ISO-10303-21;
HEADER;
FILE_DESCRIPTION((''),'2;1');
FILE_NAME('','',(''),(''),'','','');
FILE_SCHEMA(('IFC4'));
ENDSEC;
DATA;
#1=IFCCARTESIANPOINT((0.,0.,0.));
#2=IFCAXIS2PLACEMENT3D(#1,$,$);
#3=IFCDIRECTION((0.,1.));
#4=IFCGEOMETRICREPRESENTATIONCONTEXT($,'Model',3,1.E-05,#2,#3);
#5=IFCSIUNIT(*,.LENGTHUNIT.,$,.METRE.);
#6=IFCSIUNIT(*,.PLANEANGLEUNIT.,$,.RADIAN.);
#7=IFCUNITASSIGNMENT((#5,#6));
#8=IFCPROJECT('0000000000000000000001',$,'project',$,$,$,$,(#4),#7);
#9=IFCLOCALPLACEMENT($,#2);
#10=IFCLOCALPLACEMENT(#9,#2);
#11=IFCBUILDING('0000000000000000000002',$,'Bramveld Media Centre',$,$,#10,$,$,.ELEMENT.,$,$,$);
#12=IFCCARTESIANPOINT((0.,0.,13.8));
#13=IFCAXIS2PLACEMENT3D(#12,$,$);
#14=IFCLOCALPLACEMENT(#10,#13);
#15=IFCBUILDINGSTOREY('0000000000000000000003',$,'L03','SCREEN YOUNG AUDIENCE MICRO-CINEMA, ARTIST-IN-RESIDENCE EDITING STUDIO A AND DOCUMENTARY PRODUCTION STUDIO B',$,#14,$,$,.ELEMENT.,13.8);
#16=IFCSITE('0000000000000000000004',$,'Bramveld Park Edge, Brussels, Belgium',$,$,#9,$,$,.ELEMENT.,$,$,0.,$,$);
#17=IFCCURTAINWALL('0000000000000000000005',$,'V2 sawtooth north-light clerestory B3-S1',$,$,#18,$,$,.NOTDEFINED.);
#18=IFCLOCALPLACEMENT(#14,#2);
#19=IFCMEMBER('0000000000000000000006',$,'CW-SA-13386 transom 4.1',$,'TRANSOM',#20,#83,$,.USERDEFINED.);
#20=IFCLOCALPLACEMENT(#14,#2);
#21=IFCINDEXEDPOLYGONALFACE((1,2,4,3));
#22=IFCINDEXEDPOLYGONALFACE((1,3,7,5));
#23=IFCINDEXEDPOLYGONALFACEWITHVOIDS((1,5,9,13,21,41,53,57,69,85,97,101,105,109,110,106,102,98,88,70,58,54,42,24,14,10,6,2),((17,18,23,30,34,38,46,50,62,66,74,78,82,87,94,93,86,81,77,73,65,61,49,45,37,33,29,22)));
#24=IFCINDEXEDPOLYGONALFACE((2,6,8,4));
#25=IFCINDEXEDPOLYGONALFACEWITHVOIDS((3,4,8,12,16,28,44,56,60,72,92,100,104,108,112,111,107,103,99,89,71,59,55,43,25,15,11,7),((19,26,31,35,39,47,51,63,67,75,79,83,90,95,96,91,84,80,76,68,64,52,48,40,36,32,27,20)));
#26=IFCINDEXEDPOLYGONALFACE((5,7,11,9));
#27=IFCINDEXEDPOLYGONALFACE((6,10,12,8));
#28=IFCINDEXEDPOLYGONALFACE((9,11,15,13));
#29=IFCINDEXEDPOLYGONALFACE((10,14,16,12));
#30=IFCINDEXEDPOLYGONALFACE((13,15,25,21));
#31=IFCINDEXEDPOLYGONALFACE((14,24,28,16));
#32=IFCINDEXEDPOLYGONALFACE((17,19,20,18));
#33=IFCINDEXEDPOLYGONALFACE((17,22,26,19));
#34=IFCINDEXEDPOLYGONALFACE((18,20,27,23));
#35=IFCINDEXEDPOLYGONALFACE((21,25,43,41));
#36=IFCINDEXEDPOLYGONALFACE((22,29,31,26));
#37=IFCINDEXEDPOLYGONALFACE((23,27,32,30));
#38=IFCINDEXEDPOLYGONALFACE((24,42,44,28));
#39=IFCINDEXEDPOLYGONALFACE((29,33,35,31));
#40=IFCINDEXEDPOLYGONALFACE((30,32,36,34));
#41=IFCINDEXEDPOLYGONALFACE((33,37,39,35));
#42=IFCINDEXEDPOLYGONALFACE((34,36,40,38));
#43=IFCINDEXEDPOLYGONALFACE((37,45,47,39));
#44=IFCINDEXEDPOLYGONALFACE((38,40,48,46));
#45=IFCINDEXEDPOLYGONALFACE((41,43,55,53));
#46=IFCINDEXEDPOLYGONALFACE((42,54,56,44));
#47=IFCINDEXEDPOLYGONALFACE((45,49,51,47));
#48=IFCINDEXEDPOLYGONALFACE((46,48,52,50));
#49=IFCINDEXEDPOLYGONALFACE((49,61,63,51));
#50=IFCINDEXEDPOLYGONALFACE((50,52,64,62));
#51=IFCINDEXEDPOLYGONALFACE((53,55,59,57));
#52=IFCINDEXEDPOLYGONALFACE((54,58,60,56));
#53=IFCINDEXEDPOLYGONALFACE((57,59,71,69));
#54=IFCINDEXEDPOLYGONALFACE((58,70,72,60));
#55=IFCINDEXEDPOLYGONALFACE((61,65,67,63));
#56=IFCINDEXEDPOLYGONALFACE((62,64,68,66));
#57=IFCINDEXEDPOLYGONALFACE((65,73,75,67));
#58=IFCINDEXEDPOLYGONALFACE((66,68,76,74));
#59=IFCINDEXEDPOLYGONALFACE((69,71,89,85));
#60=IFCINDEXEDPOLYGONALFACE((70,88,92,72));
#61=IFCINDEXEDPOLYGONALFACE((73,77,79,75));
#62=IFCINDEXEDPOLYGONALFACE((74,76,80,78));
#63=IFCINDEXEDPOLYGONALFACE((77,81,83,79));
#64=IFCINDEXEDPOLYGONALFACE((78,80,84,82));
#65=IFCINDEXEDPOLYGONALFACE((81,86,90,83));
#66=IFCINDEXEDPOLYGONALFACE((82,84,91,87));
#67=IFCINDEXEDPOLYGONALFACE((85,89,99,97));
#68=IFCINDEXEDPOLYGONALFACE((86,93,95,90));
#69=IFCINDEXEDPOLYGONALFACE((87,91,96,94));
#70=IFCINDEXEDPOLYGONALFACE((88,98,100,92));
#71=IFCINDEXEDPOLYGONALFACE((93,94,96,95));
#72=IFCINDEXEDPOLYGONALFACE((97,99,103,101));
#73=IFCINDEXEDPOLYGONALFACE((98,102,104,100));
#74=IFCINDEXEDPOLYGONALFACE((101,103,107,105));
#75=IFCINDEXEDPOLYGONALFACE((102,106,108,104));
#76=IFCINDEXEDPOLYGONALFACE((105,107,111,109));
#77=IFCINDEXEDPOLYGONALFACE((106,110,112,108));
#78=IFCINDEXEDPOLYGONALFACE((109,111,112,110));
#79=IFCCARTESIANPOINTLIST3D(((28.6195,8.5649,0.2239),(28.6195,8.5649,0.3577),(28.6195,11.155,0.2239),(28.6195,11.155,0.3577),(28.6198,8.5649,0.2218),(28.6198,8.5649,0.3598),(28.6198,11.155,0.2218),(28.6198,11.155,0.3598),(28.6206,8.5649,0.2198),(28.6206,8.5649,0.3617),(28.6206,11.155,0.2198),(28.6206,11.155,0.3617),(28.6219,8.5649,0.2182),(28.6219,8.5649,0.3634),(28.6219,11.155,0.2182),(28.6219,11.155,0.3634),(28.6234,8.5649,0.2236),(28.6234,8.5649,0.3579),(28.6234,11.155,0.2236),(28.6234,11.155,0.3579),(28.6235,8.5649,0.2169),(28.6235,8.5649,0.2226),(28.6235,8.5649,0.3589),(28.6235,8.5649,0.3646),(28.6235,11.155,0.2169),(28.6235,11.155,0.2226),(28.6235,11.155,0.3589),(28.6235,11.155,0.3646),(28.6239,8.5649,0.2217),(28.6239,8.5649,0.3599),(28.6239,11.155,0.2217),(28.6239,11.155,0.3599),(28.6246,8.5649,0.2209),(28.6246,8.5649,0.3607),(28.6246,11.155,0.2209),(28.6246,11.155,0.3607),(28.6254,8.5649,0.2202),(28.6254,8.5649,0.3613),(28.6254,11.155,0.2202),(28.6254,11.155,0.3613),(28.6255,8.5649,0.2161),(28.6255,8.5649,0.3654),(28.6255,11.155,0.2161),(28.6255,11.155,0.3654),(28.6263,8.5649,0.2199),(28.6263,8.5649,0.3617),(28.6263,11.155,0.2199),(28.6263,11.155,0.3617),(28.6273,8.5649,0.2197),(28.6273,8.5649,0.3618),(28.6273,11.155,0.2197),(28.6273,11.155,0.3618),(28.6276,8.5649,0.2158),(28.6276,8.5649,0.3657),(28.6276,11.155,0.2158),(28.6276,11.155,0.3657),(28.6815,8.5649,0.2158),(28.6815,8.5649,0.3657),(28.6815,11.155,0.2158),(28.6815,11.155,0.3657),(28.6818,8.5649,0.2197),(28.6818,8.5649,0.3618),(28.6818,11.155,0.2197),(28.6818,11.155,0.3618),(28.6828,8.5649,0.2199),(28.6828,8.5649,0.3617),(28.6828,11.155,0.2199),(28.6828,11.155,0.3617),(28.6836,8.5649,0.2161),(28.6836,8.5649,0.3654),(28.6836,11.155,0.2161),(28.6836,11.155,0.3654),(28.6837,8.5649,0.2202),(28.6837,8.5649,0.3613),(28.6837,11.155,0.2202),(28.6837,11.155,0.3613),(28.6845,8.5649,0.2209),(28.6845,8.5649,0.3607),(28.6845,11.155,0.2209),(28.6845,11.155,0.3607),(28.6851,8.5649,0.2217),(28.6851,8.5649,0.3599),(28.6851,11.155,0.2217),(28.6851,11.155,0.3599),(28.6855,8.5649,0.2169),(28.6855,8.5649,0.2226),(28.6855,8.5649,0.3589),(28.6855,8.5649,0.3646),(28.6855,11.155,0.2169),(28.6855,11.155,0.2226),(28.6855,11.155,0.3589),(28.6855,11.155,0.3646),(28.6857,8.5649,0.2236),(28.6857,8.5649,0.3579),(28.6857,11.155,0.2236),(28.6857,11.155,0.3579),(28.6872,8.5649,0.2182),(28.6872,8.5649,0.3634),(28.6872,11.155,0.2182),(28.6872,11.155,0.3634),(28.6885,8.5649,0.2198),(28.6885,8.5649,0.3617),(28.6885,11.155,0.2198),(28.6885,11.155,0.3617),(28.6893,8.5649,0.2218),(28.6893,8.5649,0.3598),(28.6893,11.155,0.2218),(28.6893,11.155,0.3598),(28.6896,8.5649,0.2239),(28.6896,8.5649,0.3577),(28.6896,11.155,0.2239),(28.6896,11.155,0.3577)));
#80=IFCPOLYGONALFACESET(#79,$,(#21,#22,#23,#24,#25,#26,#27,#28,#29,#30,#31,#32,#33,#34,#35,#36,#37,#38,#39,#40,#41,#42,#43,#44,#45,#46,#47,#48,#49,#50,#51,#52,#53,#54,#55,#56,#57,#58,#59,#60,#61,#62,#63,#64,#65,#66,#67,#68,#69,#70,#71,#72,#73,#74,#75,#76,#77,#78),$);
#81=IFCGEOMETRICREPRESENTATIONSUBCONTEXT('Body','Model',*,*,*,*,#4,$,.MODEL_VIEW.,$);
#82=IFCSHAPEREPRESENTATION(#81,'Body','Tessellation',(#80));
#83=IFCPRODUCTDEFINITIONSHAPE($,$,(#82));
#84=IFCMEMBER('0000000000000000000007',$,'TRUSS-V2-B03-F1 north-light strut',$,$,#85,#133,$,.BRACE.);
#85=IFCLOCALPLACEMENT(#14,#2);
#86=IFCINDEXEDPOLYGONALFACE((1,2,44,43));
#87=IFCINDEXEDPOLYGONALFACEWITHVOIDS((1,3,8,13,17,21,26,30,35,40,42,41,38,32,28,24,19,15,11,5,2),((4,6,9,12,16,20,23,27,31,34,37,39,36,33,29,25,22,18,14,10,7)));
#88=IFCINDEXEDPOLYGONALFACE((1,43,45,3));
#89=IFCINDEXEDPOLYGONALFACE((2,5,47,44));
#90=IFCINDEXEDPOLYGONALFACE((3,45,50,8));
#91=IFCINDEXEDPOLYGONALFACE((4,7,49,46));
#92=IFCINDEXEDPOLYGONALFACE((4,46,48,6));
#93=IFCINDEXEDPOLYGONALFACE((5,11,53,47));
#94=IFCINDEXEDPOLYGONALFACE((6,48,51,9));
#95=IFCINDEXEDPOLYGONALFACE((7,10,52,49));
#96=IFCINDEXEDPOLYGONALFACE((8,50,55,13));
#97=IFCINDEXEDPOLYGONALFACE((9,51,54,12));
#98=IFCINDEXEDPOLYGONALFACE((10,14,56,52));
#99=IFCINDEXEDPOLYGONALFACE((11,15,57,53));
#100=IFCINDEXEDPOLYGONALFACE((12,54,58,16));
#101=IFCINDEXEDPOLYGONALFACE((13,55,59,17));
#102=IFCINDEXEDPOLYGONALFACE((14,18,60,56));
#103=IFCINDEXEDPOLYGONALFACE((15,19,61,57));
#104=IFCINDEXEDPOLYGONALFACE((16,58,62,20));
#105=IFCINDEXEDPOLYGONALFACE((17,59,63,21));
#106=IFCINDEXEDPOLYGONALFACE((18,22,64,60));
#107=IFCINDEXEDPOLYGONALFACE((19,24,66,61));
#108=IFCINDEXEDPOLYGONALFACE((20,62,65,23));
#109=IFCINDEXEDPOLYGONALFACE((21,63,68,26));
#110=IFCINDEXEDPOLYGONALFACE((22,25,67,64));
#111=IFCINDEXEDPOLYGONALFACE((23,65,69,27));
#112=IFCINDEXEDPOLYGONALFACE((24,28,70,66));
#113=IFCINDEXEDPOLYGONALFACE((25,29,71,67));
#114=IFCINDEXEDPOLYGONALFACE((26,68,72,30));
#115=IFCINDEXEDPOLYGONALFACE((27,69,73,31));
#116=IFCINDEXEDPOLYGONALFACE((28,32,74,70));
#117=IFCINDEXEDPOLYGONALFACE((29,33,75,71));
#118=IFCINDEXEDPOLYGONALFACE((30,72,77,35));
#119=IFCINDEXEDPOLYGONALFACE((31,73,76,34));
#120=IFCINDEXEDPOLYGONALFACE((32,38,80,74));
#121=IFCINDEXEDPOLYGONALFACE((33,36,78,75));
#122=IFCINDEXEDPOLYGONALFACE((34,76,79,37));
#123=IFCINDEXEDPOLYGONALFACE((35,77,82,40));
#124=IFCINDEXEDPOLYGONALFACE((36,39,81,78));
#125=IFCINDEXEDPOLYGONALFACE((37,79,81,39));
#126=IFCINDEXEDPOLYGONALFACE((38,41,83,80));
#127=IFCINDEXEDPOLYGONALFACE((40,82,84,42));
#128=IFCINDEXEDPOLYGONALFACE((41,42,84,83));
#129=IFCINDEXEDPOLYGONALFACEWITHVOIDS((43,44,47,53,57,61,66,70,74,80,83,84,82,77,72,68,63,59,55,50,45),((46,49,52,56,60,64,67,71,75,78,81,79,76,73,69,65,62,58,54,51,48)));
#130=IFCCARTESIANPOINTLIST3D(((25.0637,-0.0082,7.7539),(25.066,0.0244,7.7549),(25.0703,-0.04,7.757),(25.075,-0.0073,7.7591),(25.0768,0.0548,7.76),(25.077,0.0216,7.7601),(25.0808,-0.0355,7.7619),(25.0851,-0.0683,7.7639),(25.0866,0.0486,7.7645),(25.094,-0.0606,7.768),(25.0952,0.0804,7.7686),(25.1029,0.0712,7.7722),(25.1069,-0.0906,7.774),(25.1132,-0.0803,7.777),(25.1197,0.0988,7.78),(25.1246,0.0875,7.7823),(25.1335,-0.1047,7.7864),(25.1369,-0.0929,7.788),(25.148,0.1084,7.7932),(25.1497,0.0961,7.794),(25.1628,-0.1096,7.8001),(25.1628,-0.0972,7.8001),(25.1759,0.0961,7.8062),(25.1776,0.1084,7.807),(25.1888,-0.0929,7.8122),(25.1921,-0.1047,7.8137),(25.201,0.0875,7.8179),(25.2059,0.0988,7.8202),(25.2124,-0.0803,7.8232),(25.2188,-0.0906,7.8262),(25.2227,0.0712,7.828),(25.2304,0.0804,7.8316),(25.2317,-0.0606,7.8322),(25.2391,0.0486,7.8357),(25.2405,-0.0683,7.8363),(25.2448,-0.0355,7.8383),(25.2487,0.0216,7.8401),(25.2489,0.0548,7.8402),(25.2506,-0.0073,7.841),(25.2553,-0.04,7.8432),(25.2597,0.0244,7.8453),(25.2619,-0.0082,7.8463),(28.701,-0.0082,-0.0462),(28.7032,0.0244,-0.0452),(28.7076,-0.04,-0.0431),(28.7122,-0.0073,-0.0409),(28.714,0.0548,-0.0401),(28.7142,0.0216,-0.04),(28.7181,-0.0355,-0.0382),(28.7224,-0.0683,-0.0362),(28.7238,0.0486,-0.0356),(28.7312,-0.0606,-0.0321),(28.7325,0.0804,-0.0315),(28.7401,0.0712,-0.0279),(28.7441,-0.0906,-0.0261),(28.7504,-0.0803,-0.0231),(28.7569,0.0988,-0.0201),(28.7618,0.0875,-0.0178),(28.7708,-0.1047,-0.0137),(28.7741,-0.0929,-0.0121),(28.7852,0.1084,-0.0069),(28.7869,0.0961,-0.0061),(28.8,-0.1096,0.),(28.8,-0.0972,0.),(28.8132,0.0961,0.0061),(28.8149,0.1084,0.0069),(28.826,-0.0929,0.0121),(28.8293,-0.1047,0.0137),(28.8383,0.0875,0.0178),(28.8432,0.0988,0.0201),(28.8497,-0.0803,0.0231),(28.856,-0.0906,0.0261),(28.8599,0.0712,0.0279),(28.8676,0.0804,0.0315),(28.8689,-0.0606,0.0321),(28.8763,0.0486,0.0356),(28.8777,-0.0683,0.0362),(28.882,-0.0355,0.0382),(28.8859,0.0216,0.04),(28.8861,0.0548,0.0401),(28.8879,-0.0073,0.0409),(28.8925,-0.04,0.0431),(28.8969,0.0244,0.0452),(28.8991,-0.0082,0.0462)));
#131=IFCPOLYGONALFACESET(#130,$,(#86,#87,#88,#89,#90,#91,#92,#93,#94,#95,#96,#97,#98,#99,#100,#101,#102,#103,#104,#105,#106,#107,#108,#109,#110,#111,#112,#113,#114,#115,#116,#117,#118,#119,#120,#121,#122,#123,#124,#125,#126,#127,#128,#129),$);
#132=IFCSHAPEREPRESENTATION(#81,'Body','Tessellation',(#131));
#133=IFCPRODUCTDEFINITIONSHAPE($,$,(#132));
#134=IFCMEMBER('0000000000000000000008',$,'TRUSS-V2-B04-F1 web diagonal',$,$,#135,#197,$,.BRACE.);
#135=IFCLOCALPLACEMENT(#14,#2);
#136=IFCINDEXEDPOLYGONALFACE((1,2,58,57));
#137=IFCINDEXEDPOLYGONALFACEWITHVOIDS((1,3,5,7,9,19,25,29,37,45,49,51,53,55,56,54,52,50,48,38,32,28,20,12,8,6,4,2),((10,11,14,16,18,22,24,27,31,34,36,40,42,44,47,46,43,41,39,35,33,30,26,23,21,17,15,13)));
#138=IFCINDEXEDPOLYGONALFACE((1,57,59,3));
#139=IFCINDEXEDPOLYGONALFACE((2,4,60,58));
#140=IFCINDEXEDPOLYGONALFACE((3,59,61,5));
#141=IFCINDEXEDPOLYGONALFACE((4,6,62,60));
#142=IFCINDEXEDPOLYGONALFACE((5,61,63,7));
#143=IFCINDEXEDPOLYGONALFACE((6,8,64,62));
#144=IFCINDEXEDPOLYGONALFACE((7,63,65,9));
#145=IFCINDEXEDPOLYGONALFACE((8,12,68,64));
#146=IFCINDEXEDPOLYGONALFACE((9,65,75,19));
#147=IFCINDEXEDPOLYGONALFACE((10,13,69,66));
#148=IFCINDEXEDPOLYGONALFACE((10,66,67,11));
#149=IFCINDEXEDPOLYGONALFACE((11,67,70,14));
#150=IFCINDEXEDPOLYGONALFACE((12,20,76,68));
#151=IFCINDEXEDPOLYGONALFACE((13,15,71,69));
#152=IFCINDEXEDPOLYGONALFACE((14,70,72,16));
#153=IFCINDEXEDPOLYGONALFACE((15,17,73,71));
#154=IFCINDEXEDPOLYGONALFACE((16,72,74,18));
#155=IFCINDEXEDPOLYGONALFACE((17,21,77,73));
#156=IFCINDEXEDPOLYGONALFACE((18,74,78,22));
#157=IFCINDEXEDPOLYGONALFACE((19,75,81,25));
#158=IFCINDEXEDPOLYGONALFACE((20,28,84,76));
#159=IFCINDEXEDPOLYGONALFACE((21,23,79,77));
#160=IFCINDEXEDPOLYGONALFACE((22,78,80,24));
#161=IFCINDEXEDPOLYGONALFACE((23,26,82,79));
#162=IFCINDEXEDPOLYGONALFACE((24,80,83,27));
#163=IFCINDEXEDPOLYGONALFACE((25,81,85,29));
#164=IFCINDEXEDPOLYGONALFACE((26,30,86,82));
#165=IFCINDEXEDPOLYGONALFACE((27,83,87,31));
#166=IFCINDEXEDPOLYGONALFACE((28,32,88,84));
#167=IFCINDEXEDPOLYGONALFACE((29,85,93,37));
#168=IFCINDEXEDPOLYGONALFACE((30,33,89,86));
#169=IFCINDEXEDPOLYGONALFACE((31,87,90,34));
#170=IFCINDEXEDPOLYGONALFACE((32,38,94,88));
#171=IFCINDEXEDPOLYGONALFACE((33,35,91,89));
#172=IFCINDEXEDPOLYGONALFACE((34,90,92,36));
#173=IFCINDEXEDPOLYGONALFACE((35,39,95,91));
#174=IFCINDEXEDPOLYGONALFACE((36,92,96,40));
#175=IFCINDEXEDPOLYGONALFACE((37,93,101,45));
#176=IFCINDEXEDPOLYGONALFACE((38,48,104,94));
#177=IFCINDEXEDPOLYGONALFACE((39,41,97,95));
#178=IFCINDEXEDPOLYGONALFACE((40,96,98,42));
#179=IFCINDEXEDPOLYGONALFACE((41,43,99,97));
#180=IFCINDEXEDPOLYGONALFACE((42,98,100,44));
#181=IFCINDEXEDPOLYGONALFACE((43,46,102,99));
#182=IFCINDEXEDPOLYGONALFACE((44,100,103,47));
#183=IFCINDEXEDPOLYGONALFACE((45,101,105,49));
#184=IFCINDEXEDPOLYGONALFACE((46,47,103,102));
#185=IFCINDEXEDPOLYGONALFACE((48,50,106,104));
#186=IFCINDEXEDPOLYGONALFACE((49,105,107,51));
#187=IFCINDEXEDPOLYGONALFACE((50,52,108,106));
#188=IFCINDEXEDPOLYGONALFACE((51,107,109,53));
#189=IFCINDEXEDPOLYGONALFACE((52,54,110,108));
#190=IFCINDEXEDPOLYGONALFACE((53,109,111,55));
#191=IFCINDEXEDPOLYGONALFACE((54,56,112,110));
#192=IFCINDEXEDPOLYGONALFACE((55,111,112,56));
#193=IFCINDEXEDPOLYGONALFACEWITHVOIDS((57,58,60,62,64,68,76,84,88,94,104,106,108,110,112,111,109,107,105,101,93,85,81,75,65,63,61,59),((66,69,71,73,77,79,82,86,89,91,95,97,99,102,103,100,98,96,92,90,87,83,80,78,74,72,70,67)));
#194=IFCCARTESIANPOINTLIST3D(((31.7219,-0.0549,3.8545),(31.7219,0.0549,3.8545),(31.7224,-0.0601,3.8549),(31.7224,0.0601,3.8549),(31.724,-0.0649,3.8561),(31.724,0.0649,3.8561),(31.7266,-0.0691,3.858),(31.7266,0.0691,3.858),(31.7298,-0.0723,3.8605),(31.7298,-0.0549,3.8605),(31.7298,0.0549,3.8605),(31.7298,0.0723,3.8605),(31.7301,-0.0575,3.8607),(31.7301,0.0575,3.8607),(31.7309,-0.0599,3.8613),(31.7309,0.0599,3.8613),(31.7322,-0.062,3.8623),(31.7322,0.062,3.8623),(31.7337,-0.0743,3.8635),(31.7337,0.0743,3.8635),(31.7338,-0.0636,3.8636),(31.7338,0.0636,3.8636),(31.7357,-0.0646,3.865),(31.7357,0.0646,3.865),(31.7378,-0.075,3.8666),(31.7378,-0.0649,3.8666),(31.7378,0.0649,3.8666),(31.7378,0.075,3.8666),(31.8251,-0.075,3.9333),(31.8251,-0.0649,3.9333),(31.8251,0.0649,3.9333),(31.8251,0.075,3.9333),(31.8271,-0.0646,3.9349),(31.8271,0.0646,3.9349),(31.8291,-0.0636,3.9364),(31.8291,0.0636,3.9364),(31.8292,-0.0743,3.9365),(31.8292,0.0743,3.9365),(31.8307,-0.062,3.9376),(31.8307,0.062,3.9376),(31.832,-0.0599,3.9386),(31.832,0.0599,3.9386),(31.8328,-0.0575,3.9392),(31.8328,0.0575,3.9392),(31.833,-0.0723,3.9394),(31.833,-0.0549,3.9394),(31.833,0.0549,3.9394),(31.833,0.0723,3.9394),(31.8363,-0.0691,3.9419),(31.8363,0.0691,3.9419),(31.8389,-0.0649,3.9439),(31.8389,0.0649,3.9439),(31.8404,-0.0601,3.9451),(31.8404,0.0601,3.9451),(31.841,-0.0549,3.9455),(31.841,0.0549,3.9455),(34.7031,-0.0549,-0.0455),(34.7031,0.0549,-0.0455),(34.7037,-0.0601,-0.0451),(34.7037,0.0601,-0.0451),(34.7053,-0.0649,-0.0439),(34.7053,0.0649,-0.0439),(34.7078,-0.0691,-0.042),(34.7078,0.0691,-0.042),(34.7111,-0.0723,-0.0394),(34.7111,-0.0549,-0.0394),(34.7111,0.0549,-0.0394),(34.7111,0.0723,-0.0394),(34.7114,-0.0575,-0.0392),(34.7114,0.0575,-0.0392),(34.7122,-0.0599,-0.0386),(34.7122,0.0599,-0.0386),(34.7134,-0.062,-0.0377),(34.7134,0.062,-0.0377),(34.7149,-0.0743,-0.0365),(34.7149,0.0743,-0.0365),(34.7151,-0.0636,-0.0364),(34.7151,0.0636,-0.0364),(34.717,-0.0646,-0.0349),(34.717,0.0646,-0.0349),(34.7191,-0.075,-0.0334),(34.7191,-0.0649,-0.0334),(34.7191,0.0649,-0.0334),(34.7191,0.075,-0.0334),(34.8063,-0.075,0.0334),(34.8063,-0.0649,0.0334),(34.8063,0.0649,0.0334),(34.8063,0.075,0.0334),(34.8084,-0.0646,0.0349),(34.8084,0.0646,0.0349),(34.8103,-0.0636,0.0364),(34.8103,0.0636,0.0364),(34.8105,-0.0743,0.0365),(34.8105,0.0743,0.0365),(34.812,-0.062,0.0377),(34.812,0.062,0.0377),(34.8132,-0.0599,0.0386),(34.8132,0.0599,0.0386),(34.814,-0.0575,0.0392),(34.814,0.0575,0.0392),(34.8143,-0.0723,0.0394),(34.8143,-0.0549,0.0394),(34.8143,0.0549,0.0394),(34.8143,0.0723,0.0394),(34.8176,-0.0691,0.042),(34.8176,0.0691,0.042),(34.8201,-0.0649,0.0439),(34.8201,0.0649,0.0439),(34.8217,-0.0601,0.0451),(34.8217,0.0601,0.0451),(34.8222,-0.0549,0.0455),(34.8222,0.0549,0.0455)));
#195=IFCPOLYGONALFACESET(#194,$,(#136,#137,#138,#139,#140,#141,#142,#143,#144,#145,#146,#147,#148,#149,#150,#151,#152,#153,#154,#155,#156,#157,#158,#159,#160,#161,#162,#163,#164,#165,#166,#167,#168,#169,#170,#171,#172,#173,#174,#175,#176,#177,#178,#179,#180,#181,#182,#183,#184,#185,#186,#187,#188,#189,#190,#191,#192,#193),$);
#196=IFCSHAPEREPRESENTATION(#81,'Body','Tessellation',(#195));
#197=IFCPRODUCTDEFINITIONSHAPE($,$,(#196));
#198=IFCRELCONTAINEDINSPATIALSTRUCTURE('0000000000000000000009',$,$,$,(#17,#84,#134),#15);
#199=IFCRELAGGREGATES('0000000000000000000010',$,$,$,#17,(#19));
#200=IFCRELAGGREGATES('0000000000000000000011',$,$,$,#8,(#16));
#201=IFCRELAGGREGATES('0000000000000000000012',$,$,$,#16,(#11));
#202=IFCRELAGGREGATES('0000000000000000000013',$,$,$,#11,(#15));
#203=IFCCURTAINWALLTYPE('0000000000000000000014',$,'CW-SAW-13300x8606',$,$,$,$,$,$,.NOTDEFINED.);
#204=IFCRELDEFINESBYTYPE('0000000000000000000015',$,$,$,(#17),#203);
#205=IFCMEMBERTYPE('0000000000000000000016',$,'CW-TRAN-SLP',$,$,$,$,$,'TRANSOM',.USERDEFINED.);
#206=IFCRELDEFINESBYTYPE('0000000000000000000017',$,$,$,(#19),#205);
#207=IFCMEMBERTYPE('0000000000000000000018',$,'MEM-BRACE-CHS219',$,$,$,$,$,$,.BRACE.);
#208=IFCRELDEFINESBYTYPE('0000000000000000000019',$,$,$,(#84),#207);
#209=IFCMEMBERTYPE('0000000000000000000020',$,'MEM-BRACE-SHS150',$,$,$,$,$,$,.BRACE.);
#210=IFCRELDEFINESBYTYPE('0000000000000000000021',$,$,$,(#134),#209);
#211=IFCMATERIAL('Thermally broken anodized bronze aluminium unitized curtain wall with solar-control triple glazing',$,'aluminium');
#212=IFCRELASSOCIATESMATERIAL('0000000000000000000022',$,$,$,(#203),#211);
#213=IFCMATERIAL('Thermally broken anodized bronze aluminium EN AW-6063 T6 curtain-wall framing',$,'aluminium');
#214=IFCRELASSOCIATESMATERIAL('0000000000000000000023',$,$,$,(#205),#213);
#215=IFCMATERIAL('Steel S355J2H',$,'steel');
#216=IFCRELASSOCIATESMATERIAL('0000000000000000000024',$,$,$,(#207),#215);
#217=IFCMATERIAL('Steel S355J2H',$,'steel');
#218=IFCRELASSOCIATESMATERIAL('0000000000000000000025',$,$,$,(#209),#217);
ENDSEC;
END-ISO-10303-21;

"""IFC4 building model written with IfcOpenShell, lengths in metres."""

from ifc_helpers import new_model, si_unit, direction, frame, origin, origin_2d, place, context, subcontext, project, spatial, hollow_rectangle, hollow_circle, extrude, material, material_profile, profile_set, type_object, element, aggregate, save


model = new_model("IFC4")

# Units and contexts
model_context = context("Model", 3, precision=1e-05, world=origin(), true_north=direction((0.0, 1.0)))
body_context = subcontext(model_context, "Body", "Model", "MODEL_VIEW")
ifc_project = project(units=[si_unit("LENGTHUNIT", "METRE"), si_unit("PLANEANGLEUNIT", "RADIAN")], contexts=[model_context])

# Site, building, storey
site_placement = place(None, origin())
site = spatial("IfcSite", under=ifc_project, at=site_placement, Name="Bramveld Park Edge, Brussels, Belgium", CompositionType="ELEMENT", RefElevation=0.0)
building_placement = place(site_placement, origin())
building = spatial("IfcBuilding", under=site, at=building_placement, Name="Bramveld Media Centre", CompositionType="ELEMENT")
storey_placement = place(building_placement, frame((0.0, 0.0, 13.8)))
storey = spatial("IfcBuildingStorey", under=building, at=storey_placement, Name="L03", Description="SCREEN YOUNG AUDIENCE MICRO-CINEMA, ARTIST-IN-RESIDENCE EDITING STUDIO A AND DOCUMENTARY PRODUCTION STUDIO B", CompositionType="ELEMENT", Elevation=13.8)

# Curtain wall, member
ifc_material_1 = material(Name="Thermally broken anodized bronze aluminium unitized curtain wall with solar-control triple glazing", Category="aluminium")
curtain_wall_type = type_object("IfcCurtainWallType", Name="CW-SAW-13300x8606", PredefinedType="NOTDEFINED", material=ifc_material_1)
curtain_wall_placement = place(storey_placement, origin())
curtain_wall = element("IfcCurtainWall", 1, at=curtain_wall_placement, inside=storey, type_object=curtain_wall_type, Name="V2 sawtooth north-light clerestory B3-S1", PredefinedType="NOTDEFINED")
ifc_material_2 = material(Name="Thermally broken anodized bronze aluminium EN AW-6063 T6 curtain-wall framing", Category="aluminium")
ifc_material_profile_1 = material_profile(ifc_material_2, hollow_rectangle(XDim=0.0701, YDim=0.1499, WallThickness=0.0039, InnerFilletRadius=0.0039, OuterFilletRadius=0.0081, at=origin_2d()), Name="AL-TRAN 70x150")
ifc_profile_set_1 = profile_set([ifc_material_profile_1], Name="Thermally broken anodized bronze aluminium EN AW-6063 T6 curtain-wall framing")
member_type_1 = type_object("IfcMemberType", Name="CW-TRAN-SLP", ElementType="TRANSOM", PredefinedType="USERDEFINED", material=ifc_profile_set_1)
member_1_placement = place(storey_placement, frame((28.6545, 8.5649, 0.2908), z_axis=(0.0, 1.0, 0.0), x_axis=(-1.0, 0.0, 0.0)))
member_1 = element("IfcMember", 2, at=member_1_placement, type_object=member_type_1, Name="CW-SA-13386 transom 4.1", ObjectType="TRANSOM", PredefinedType="USERDEFINED", context=body_context, shape_type="SweptSolid", body=[
    extrude(hollow_rectangle(XDim=0.0701, YDim=0.1499, WallThickness=0.0039, InnerFilletRadius=0.0039, OuterFilletRadius=0.0081, at=origin_2d()), origin(), (0.0, 0.0, 1.0), 2.5901),
])
aggregate(curtain_wall, [member_1])

# Members
ifc_material_3 = material(Name="Steel S355J2H", Category="steel")
ifc_material_profile_2 = material_profile(ifc_material_3, hollow_circle(Radius=0.1096, WallThickness=0.0125, at=origin_2d()), Name="CHS 219.1x12.5")
ifc_profile_set_2 = profile_set([ifc_material_profile_2], Name="Steel S355J2H")
member_type_2 = type_object("IfcMemberType", Name="MEM-BRACE-CHS219", PredefinedType="BRACE", material=ifc_profile_set_2)
member_2_placement = place(storey_placement, frame((28.8, 0.0, 0.0), z_axis=(-0.422617, 0.0, 0.906308), x_axis=(0.0, -1.0, 0.0)))
element("IfcMember", 3, at=member_2_placement, inside=storey, type_object=member_type_2, Name="TRUSS-V2-B03-F1 north-light strut", PredefinedType="BRACE", context=body_context, shape_type="SweptSolid", body=[
    extrude(hollow_circle(Radius=0.1096, WallThickness=0.0125, at=origin_2d()), origin(), (0.0, 0.0, 1.0), 8.6064),
])
ifc_material_4 = material(Name="Steel S355J2H", Category="steel")
ifc_material_profile_3 = material_profile(ifc_material_4, hollow_rectangle(XDim=0.1499, YDim=0.1499, WallThickness=0.01, InnerFilletRadius=0.01, OuterFilletRadius=0.02, at=origin_2d()), Name="SHS 150x150x10")
ifc_profile_set_3 = profile_set([ifc_material_profile_3], Name="Steel S355J2H")
member_type_3 = type_object("IfcMemberType", Name="MEM-BRACE-SHS150", PredefinedType="BRACE", material=ifc_profile_set_3)
member_3_placement = place(storey_placement, frame((34.7627, 0.0, 0.0), z_axis=(-0.607312, 0.0, 0.794464), x_axis=(0.0, -1.0, 0.0)))
element("IfcMember", 4, at=member_3_placement, inside=storey, type_object=member_type_3, Name="TRUSS-V2-B04-F1 web diagonal", PredefinedType="BRACE", context=body_context, shape_type="SweptSolid", body=[
    extrude(hollow_rectangle(XDim=0.1499, YDim=0.1499, WallThickness=0.01, InnerFilletRadius=0.01, OuterFilletRadius=0.02, at=origin_2d()), origin(), (0.0, 0.0, 1.0), 4.9089),
])

save(model, "model.ifc")
